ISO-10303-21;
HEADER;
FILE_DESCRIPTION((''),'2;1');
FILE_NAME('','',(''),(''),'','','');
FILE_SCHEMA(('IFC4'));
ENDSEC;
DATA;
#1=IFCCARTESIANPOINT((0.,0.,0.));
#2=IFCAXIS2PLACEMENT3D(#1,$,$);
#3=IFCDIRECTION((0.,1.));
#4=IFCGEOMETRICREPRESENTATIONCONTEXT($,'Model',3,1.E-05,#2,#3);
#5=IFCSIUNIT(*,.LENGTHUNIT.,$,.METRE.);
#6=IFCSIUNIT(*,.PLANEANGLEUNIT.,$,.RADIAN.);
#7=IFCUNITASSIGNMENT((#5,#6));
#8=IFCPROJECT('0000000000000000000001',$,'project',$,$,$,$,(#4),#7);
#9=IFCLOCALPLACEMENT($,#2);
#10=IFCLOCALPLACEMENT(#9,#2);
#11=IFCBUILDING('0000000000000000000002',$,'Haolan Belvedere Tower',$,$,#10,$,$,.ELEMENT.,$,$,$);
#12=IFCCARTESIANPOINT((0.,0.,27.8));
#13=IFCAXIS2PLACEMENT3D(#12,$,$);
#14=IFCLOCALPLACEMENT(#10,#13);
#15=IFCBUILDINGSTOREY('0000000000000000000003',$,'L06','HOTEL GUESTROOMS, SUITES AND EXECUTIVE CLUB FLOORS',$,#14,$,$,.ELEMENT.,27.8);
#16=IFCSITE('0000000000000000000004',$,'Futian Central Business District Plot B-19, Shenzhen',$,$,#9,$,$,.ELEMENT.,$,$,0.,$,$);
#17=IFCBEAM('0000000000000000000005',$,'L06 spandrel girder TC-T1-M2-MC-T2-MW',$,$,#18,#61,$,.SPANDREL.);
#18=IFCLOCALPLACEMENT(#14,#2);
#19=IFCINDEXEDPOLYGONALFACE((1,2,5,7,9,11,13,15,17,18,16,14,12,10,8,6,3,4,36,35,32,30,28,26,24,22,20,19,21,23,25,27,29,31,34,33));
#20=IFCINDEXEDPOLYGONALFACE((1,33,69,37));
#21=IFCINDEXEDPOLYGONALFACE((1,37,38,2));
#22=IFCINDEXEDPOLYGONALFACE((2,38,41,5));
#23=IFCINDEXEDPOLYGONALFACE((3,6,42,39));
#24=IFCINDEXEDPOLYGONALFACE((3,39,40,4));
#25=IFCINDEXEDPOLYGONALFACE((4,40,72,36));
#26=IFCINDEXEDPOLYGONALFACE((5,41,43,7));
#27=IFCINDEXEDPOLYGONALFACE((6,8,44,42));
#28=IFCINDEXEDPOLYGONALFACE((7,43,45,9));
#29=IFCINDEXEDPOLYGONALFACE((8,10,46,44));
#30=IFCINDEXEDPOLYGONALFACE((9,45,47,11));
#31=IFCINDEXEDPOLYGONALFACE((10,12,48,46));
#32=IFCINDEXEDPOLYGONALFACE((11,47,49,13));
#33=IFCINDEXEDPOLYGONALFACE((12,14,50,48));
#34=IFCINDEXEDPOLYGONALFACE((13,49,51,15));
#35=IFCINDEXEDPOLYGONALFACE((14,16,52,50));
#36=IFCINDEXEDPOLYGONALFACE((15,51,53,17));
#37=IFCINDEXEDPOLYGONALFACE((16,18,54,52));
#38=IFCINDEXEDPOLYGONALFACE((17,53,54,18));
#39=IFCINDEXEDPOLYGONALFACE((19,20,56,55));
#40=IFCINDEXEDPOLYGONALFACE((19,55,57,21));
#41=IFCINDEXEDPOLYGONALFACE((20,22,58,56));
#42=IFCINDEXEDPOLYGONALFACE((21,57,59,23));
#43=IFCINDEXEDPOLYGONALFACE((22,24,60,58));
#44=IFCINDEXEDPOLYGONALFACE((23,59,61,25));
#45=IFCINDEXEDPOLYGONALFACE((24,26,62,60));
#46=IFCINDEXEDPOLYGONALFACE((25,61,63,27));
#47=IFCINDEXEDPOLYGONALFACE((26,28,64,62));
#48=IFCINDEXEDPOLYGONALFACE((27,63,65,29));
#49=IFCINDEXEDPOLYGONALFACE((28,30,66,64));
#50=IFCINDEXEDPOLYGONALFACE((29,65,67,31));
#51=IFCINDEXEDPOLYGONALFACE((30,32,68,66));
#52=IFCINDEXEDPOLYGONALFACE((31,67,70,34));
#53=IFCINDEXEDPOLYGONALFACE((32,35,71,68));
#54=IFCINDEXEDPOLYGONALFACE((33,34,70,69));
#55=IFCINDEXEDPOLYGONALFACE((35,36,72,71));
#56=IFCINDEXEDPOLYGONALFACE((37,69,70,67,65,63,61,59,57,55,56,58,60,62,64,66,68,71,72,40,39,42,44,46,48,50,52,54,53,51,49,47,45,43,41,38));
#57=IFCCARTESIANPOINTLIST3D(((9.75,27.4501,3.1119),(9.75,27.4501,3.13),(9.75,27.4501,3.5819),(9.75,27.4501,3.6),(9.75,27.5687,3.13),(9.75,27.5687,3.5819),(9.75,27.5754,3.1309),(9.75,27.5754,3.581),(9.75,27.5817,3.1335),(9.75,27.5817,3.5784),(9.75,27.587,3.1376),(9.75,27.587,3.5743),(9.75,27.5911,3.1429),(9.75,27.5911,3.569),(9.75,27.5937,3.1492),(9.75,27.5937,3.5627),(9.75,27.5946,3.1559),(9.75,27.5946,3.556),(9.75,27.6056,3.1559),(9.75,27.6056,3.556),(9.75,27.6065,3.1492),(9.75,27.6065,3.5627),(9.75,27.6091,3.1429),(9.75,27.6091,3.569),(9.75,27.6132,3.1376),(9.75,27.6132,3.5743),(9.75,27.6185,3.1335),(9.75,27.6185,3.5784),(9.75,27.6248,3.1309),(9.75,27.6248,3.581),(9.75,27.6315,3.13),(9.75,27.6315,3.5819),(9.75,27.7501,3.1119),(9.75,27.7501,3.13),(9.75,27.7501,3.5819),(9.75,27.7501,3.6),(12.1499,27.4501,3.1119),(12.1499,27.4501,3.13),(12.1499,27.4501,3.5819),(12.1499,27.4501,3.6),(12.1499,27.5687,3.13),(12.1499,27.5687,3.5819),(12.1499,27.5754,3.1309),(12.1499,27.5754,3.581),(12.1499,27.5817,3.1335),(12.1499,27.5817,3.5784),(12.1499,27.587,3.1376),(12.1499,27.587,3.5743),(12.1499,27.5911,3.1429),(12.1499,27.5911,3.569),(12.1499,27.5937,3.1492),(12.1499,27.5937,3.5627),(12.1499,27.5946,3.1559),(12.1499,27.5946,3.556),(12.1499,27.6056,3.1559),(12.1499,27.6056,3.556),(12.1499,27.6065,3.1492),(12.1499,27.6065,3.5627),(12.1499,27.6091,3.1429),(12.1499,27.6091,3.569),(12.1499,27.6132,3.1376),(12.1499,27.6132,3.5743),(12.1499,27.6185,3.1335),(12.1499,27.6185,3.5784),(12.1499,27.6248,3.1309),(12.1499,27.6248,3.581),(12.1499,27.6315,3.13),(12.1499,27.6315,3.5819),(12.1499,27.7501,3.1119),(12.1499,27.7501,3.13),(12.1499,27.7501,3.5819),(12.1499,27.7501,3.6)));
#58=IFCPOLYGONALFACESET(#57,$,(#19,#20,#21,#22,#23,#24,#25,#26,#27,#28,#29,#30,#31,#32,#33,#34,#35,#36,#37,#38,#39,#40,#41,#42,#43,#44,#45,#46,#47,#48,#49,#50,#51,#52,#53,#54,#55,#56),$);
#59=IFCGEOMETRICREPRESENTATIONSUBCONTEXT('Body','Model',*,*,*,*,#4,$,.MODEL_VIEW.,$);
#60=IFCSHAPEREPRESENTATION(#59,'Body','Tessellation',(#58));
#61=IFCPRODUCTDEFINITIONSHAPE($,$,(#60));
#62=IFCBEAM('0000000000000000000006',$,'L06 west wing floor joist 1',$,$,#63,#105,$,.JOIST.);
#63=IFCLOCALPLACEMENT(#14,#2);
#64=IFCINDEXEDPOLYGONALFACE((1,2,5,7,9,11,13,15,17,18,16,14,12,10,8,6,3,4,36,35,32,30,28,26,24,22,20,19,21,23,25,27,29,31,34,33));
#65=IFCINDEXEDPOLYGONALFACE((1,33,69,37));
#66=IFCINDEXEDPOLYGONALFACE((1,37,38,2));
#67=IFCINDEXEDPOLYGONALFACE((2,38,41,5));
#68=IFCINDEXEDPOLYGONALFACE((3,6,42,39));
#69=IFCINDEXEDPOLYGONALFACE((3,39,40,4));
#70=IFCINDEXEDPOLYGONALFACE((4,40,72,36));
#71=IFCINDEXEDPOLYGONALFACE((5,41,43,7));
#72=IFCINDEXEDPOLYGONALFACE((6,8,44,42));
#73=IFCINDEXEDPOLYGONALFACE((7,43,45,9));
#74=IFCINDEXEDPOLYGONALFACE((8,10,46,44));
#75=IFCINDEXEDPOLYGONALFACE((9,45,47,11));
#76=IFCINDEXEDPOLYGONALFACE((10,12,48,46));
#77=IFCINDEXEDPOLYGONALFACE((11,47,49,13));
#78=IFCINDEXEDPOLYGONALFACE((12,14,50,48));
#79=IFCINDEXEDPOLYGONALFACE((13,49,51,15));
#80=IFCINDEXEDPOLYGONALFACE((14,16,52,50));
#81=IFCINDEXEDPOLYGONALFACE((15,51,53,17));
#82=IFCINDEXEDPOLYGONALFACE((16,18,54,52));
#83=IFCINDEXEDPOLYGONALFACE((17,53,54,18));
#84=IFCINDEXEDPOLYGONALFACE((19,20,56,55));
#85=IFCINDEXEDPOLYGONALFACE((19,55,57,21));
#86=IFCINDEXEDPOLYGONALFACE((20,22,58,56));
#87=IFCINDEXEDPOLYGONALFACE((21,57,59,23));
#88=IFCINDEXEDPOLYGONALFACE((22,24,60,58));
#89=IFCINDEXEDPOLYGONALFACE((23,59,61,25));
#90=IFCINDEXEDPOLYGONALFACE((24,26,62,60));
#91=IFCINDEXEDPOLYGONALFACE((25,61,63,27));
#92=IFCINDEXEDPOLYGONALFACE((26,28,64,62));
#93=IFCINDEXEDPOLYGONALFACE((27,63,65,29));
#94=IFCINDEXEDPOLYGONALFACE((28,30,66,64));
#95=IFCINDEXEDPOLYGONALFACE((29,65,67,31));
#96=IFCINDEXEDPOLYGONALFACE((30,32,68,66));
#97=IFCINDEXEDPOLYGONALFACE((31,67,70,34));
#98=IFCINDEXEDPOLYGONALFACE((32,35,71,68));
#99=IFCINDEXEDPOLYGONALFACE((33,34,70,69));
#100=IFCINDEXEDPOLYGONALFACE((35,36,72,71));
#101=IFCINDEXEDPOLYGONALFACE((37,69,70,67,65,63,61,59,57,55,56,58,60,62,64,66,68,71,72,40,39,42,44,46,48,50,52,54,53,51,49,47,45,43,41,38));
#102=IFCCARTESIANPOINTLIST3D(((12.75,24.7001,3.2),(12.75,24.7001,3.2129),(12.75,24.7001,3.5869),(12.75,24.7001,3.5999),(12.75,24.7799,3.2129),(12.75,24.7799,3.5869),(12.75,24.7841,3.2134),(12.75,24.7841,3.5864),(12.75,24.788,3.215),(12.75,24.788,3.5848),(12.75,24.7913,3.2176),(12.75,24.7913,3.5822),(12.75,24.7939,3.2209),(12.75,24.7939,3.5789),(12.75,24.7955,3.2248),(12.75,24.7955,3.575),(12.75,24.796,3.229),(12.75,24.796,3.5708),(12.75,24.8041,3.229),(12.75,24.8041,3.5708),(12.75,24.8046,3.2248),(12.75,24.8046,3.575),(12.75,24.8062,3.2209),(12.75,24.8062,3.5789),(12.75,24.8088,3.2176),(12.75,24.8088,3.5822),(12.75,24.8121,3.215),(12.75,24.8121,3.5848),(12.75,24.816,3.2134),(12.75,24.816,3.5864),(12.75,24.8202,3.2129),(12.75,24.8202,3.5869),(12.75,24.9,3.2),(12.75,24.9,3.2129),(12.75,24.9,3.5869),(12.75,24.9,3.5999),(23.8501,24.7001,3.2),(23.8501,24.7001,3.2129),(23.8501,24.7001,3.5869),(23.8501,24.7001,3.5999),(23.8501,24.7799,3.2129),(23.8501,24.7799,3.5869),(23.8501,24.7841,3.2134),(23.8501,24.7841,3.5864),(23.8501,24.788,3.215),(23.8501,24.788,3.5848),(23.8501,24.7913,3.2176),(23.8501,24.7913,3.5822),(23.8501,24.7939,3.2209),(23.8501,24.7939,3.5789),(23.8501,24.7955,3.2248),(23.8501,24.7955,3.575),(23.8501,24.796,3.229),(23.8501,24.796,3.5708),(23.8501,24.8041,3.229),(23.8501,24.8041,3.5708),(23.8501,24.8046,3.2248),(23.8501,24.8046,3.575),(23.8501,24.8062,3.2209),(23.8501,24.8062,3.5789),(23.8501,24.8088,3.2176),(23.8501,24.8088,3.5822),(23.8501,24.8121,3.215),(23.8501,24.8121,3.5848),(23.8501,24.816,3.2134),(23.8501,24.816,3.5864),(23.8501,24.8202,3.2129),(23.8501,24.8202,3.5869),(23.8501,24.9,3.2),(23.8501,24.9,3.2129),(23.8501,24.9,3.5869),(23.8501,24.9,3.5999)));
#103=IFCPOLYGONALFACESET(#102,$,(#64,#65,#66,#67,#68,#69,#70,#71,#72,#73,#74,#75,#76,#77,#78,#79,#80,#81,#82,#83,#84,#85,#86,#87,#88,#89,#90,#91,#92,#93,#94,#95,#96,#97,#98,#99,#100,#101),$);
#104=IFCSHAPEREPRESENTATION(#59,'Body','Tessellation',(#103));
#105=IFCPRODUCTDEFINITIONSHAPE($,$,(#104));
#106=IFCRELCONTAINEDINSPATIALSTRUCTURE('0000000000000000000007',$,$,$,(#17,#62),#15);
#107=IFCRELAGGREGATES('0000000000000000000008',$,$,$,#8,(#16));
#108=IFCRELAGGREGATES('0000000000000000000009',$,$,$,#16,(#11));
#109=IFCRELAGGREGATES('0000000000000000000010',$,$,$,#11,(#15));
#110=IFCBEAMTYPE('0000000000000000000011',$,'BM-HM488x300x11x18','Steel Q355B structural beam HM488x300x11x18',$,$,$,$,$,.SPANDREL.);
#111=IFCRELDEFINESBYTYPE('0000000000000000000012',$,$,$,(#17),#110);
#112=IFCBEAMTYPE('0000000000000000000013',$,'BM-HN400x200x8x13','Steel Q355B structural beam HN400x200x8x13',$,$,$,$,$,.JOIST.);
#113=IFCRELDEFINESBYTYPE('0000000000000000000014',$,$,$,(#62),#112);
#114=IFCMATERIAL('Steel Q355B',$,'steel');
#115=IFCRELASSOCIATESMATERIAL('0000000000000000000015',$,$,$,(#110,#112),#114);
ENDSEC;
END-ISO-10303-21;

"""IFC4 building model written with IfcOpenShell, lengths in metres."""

from ifc_helpers import new_model, si_unit, direction, frame, origin, origin_2d, place, context, subcontext, project, spatial, i_section, extrude, material, material_profile, profile_set, type_object, element, save


model = new_model("IFC4")

# Units and contexts
model_context = context("Model", 3, precision=1e-05, world=origin(), true_north=direction((0.0, 1.0)))
body_context = subcontext(model_context, "Body", "Model", "MODEL_VIEW")
ifc_project = project(units=[si_unit("LENGTHUNIT", "METRE"), si_unit("PLANEANGLEUNIT", "RADIAN")], contexts=[model_context])

# Site, building, storey
site_placement = place(None, origin())
site = spatial("IfcSite", under=ifc_project, at=site_placement, Name="Futian Central Business District Plot B-19, Shenzhen", CompositionType="ELEMENT", RefElevation=0.0)
building_placement = place(site_placement, origin())
building = spatial("IfcBuilding", under=site, at=building_placement, Name="Haolan Belvedere Tower", CompositionType="ELEMENT")
storey_placement = place(building_placement, frame((0.0, 0.0, 27.8)))
storey = spatial("IfcBuildingStorey", under=building, at=storey_placement, Name="L06", Description="HOTEL GUESTROOMS, SUITES AND EXECUTIVE CLUB FLOORS", CompositionType="ELEMENT", Elevation=27.8)

# Shared definitions
ifc_material_1 = material(Name="Steel Q355B", Category="steel")

# Beams
ifc_material_profile_1 = material_profile(ifc_material_1, i_section(OverallWidth=0.3, OverallDepth=0.488, WebThickness=0.011, FlangeThickness=0.0181, FilletRadius=0.0259, at=origin_2d()), Name="Steel Q355B")
ifc_profile_set_1 = profile_set([ifc_material_profile_1], Name="Steel Q355B")
beam_type_1 = type_object("IfcBeamType", Name="BM-HM488x300x11x18", Description="Steel Q355B structural beam HM488x300x11x18", PredefinedType="SPANDREL", material=ifc_profile_set_1)
beam_1_placement = place(storey_placement, frame((9.75, 27.6001, 3.356), z_axis=(1.0, 0.0, 0.0), x_axis=(0.0, 1.0, 0.0)))
element("IfcBeam", 1, at=beam_1_placement, inside=storey, type_object=beam_type_1, Name="L06 spandrel girder TC-T1-M2-MC-T2-MW", PredefinedType="SPANDREL", context=body_context, shape_type="SweptSolid", body=[
    extrude(i_section(OverallWidth=0.3, OverallDepth=0.488, WebThickness=0.011, FlangeThickness=0.0181, FilletRadius=0.0259, at=origin_2d()), origin(), (0.0, 0.0, 1.0), 2.3999),
])
ifc_material_profile_2 = material_profile(ifc_material_1, i_section(OverallWidth=0.2, OverallDepth=0.3999, WebThickness=0.0081, FlangeThickness=0.0129, FilletRadius=0.0161, at=origin_2d()), Name="Steel Q355B")
ifc_profile_set_2 = profile_set([ifc_material_profile_2], Name="Steel Q355B")
beam_type_2 = type_object("IfcBeamType", Name="BM-HN400x200x8x13", Description="Steel Q355B structural beam HN400x200x8x13", PredefinedType="JOIST", material=ifc_profile_set_2)
beam_2_placement = place(storey_placement, frame((12.75, 24.8, 3.3999), z_axis=(1.0, 0.0, 0.0), x_axis=(0.0, 1.0, 0.0)))
element("IfcBeam", 2, at=beam_2_placement, inside=storey, type_object=beam_type_2, Name="L06 west wing floor joist 1", PredefinedType="JOIST", context=body_context, shape_type="SweptSolid", body=[
    extrude(i_section(OverallWidth=0.2, OverallDepth=0.3999, WebThickness=0.0081, FlangeThickness=0.0129, FilletRadius=0.0161, at=origin_2d()), origin(), (0.0, 0.0, 1.0), 11.1001),
])

save(model, "model.ifc")
